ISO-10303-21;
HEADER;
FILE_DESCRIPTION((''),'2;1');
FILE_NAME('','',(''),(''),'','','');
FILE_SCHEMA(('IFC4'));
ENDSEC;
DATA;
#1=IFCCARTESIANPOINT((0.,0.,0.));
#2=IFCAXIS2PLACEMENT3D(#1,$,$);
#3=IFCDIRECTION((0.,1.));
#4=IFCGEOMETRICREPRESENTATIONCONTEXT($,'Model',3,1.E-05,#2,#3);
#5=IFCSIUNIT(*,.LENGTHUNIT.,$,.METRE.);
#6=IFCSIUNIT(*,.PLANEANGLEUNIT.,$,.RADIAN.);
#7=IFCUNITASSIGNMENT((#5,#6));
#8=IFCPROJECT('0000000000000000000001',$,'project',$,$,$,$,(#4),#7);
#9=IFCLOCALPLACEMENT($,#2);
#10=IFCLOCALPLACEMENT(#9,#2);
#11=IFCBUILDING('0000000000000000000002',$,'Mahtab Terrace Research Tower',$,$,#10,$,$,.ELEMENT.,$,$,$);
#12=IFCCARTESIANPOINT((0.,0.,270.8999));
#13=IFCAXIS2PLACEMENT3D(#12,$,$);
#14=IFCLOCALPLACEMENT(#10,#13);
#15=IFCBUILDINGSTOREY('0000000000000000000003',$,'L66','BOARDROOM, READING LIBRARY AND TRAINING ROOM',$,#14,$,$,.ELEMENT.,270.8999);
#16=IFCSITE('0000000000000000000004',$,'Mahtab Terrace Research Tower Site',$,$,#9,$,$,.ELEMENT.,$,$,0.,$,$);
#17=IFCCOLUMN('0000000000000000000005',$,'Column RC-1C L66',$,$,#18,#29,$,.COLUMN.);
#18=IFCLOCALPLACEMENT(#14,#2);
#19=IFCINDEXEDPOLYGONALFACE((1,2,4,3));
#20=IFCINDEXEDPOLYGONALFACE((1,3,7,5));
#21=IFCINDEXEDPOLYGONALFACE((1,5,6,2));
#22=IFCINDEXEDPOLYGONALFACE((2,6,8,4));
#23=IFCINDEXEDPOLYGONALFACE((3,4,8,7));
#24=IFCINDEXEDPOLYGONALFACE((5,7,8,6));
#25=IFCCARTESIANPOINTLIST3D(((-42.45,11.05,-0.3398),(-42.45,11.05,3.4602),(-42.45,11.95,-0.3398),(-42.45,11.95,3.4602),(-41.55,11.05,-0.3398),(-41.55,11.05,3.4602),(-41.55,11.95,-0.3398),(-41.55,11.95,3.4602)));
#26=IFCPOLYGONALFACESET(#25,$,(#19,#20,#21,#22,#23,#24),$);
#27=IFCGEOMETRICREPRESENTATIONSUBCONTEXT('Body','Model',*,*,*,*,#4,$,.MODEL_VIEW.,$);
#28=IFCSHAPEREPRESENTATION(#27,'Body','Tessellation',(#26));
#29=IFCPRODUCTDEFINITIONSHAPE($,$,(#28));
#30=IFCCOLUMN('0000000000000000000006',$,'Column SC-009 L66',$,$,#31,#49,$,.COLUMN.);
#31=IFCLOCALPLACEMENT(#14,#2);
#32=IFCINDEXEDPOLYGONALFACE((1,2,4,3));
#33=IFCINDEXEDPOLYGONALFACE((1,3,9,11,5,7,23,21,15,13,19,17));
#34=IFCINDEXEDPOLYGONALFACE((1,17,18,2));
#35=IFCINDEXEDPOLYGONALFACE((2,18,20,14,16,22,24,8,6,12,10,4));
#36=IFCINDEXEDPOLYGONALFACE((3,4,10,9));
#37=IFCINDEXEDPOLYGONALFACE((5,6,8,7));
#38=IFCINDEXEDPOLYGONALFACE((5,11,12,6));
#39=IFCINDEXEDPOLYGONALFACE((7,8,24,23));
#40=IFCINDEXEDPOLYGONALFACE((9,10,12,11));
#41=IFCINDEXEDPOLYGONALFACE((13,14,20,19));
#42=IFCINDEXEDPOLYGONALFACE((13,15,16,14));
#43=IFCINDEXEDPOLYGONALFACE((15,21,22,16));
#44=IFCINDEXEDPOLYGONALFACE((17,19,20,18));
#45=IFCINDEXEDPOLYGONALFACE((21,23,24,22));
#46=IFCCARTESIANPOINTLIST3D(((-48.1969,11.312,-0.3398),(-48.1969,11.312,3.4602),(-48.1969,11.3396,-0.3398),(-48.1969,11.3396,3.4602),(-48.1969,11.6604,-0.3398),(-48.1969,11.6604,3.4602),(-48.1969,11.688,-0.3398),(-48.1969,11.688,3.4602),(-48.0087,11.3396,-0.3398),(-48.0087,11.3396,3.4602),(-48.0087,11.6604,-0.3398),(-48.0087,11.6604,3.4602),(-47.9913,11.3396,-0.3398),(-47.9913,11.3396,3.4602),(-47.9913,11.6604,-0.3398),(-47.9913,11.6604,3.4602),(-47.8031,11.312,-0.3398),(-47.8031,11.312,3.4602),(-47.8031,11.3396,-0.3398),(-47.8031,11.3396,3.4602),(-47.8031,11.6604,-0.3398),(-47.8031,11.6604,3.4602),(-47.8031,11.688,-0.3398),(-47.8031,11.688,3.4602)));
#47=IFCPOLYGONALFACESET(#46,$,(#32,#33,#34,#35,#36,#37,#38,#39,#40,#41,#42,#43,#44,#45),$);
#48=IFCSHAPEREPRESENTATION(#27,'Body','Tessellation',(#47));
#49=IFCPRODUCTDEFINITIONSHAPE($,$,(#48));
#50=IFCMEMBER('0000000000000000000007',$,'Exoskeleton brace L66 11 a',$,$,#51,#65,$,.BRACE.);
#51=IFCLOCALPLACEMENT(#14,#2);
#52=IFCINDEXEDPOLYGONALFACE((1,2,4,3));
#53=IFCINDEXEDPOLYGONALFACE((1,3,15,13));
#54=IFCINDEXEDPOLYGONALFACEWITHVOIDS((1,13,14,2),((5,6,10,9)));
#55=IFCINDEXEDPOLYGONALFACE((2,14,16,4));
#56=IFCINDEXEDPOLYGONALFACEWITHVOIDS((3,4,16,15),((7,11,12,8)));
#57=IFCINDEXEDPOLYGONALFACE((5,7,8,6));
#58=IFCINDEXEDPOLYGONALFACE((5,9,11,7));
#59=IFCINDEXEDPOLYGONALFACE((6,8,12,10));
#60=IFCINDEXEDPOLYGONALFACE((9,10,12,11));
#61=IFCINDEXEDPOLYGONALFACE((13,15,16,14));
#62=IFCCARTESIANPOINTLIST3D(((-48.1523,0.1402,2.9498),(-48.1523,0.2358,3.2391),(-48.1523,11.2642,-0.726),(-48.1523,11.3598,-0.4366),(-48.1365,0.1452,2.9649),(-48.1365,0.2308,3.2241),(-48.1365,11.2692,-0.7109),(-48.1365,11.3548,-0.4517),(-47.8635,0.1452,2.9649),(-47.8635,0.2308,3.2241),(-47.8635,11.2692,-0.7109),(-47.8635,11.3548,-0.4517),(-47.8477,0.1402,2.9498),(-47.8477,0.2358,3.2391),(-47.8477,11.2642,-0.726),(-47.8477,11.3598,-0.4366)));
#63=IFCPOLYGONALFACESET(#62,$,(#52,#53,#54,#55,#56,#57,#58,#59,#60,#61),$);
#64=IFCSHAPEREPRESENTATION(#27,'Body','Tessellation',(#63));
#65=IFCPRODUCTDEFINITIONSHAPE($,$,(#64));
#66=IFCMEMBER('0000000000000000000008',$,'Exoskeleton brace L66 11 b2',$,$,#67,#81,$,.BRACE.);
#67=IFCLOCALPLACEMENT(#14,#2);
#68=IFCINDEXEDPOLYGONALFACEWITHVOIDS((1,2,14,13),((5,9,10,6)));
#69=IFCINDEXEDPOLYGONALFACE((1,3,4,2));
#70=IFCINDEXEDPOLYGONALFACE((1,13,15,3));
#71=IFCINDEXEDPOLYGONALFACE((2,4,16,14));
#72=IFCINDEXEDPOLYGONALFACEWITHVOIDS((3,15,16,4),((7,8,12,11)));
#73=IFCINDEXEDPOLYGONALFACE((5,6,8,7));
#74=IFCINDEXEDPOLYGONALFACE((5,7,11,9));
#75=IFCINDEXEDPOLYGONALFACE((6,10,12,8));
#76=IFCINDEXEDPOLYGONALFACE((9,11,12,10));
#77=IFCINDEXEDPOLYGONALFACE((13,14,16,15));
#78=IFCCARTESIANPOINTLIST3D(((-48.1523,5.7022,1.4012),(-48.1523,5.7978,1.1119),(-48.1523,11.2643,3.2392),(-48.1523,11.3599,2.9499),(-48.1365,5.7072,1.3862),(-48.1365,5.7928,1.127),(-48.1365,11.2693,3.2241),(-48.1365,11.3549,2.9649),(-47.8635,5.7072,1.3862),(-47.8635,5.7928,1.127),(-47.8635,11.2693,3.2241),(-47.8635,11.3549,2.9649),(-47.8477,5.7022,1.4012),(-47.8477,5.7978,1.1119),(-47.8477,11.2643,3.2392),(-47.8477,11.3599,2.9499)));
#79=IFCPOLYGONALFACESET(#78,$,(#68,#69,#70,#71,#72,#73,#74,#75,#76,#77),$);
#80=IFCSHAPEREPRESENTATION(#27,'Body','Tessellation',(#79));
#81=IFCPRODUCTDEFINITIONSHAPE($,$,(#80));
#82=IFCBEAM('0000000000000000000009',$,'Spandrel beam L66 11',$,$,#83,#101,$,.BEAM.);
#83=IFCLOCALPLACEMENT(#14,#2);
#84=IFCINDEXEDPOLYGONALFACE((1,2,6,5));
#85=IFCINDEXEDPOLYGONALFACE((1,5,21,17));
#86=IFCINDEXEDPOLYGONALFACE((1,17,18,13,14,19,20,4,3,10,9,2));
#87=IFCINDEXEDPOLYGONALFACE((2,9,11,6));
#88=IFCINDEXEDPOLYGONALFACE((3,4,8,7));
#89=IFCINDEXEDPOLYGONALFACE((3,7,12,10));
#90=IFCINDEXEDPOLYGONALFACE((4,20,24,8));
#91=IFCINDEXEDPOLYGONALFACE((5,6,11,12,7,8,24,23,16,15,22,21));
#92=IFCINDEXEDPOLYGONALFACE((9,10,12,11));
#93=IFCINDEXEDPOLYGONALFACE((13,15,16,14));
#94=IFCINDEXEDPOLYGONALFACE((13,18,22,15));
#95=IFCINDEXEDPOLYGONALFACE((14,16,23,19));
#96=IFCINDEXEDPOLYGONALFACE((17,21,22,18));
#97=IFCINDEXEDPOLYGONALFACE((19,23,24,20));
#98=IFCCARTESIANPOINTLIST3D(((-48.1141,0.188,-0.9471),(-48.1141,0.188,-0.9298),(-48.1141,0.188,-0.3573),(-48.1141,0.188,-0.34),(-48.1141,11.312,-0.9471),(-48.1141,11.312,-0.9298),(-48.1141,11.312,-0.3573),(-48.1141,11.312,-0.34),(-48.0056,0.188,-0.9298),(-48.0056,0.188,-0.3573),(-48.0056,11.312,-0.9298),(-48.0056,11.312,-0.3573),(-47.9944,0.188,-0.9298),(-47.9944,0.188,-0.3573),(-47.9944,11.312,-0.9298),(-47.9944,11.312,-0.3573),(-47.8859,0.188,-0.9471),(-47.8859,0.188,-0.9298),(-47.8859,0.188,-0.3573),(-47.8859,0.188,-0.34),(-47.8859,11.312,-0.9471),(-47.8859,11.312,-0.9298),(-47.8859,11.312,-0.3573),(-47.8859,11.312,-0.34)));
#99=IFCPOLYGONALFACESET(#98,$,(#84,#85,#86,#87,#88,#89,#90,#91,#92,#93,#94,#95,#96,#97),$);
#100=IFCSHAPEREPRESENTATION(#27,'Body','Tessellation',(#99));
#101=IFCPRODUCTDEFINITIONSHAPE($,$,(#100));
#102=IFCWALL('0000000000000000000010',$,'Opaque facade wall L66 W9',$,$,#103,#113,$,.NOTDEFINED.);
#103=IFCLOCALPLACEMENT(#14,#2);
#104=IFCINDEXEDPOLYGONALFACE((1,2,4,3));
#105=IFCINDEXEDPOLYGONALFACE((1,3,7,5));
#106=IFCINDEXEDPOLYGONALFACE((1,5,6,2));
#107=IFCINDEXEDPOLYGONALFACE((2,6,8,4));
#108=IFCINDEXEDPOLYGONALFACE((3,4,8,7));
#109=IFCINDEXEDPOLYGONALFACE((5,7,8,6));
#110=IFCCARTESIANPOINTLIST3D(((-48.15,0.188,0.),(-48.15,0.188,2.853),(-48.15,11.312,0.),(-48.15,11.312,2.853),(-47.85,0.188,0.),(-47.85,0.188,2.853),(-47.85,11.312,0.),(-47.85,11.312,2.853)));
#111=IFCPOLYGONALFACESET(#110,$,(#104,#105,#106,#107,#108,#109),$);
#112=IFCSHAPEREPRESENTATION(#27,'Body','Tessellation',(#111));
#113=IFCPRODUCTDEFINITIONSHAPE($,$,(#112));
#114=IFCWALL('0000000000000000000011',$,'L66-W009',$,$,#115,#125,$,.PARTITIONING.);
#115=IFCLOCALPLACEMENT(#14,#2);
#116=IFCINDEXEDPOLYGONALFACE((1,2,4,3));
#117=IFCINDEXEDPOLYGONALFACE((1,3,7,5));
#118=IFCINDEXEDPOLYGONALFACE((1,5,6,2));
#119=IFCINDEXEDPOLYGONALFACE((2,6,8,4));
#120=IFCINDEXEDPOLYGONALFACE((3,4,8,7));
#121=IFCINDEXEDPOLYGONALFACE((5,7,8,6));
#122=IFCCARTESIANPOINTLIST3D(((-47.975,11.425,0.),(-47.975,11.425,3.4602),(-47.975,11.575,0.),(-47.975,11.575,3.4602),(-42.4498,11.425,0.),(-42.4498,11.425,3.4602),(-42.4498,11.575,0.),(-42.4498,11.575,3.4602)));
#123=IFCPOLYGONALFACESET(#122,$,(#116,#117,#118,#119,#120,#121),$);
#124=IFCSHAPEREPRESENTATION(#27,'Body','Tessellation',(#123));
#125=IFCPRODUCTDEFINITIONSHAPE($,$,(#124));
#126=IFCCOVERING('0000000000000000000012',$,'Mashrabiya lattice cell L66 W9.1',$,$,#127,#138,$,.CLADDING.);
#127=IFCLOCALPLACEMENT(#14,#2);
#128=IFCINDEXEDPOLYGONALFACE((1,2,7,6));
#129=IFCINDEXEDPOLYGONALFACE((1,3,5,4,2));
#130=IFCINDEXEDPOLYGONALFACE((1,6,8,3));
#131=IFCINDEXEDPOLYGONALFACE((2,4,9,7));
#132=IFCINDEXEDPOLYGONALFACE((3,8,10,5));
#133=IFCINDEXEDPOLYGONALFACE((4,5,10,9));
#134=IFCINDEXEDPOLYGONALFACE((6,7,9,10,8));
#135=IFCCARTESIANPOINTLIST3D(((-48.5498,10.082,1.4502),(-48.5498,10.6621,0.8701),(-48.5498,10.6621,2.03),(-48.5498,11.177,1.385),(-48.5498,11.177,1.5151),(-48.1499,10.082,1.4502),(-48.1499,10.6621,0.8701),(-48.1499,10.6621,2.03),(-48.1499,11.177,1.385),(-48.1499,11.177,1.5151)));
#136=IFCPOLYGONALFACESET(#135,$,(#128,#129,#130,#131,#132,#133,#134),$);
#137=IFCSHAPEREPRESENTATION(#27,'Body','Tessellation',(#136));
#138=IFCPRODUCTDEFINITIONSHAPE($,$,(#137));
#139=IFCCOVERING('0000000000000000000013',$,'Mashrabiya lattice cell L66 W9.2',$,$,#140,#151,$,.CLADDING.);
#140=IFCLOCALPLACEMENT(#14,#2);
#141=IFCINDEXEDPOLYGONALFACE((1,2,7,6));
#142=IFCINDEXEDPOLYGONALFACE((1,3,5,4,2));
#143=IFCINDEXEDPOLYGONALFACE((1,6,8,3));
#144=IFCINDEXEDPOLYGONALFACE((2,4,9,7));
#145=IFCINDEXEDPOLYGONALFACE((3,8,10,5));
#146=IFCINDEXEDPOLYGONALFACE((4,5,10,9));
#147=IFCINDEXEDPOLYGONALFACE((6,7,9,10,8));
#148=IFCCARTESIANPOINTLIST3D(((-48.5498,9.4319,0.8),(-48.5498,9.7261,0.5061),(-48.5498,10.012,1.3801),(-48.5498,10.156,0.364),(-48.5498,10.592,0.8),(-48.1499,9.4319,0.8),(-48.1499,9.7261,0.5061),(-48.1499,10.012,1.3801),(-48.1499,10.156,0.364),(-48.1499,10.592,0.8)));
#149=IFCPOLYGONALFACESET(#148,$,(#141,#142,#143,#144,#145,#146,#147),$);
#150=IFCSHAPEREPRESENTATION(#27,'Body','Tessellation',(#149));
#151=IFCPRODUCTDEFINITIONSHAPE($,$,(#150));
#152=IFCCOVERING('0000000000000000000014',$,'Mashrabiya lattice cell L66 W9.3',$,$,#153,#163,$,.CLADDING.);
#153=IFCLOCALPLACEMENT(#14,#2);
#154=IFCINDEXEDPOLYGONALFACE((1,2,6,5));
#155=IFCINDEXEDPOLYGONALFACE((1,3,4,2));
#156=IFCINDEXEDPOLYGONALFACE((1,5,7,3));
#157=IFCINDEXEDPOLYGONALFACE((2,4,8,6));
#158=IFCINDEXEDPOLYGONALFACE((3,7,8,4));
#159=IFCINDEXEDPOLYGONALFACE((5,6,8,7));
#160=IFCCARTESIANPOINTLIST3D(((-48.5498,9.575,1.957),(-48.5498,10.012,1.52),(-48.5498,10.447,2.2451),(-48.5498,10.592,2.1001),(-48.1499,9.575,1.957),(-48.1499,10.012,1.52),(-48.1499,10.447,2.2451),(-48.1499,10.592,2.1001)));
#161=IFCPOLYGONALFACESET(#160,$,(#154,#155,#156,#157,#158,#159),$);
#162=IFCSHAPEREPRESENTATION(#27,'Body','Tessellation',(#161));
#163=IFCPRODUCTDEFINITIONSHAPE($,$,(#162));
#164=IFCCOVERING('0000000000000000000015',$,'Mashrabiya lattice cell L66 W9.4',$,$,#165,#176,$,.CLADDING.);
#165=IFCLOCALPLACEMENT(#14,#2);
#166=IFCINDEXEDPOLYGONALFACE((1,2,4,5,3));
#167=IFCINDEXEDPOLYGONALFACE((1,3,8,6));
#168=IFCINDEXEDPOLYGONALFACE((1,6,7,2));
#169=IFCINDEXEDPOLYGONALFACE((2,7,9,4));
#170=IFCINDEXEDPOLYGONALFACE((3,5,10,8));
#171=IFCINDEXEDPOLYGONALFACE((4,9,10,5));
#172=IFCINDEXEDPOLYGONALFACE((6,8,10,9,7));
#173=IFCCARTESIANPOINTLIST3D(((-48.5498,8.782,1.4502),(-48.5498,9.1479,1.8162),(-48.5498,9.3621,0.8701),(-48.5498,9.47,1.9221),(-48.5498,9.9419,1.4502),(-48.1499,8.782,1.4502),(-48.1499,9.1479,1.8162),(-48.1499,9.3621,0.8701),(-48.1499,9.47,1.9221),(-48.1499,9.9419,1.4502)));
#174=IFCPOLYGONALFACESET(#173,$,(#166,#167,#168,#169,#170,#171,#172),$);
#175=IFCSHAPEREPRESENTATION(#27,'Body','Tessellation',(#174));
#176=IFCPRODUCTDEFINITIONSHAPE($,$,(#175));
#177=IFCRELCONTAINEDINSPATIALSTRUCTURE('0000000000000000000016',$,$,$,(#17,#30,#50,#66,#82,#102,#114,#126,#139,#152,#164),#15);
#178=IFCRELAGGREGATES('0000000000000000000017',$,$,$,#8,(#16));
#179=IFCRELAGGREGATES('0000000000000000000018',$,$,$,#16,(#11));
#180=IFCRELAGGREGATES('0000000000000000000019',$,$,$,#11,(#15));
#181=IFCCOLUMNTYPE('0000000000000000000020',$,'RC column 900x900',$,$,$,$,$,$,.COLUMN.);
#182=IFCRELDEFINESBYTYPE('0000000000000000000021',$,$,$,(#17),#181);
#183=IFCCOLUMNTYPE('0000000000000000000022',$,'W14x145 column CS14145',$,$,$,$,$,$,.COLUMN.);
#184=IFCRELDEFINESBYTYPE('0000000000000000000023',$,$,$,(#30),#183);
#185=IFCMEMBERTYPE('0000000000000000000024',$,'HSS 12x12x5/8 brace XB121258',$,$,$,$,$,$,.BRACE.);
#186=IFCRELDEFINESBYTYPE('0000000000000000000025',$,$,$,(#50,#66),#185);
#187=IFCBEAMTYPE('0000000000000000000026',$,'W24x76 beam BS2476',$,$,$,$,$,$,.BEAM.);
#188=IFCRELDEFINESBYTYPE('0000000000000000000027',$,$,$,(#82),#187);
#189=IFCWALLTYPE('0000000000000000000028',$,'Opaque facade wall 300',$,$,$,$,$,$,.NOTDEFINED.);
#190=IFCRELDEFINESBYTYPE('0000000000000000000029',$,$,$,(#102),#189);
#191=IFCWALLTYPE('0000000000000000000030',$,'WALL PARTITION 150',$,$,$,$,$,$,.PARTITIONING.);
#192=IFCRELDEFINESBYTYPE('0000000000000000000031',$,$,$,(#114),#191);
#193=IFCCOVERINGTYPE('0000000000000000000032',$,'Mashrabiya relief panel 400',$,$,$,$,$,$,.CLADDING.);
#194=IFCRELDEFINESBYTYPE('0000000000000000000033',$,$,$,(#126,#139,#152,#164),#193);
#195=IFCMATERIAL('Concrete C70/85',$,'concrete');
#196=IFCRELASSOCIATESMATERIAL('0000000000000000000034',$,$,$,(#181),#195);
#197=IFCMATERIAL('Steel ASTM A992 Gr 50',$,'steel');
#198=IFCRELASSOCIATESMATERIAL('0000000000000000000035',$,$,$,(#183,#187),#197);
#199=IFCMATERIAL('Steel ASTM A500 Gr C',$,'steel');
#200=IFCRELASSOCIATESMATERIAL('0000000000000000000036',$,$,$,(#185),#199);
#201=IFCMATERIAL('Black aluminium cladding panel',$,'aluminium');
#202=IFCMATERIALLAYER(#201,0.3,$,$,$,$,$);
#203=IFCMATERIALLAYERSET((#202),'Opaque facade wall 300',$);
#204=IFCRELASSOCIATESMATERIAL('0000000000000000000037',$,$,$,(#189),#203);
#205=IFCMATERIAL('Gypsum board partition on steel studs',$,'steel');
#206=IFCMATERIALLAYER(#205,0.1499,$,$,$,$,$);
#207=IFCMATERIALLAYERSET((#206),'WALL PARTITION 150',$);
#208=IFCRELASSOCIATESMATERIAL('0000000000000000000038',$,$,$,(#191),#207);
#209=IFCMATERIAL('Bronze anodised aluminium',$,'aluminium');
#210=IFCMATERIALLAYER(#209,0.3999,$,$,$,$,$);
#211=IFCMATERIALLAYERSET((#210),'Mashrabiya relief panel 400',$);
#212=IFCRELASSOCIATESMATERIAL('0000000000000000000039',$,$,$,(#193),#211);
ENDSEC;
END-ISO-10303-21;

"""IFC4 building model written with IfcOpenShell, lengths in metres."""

from ifc_helpers import new_model, si_unit, direction, frame, frame_2d, origin, origin_2d, place, context, subcontext, project, spatial, polyline, rectangle, hollow_rectangle, i_section, outline, extrude, material, layer, layer_set, material_profile, profile_set, type_object, element, save


model = new_model("IFC4")

# Units and contexts
model_context = context("Model", 3, precision=1e-05, world=origin(), true_north=direction((0.0, 1.0)))
body_context = subcontext(model_context, "Body", "Model", "MODEL_VIEW")
ifc_project = project(units=[si_unit("LENGTHUNIT", "METRE"), si_unit("PLANEANGLEUNIT", "RADIAN")], contexts=[model_context])

# Site, building, storey
site_placement = place(None, origin())
site = spatial("IfcSite", under=ifc_project, at=site_placement, Name="Mahtab Terrace Research Tower Site", CompositionType="ELEMENT", RefElevation=0.0)
building_placement = place(site_placement, origin())
building = spatial("IfcBuilding", under=site, at=building_placement, Name="Mahtab Terrace Research Tower", CompositionType="ELEMENT")
storey_placement = place(building_placement, frame((0.0, 0.0, 270.8999)))
storey = spatial("IfcBuildingStorey", under=building, at=storey_placement, Name="L66", Description="BOARDROOM, READING LIBRARY AND TRAINING ROOM", CompositionType="ELEMENT", Elevation=270.8999)

# Columns
ifc_material_1 = material(Name="Concrete C70/85", Category="concrete")
ifc_material_profile_1 = material_profile(ifc_material_1, rectangle(XDim=0.8999, YDim=0.8999, at=origin_2d()), Name="RC column 900x900")
ifc_profile_set_1 = profile_set([ifc_material_profile_1], Name="Concrete C70/85")
column_type_1 = type_object("IfcColumnType", Name="RC column 900x900", PredefinedType="COLUMN", material=ifc_profile_set_1)
column_1_placement = place(storey_placement, frame((-42.0, 11.5, -0.3398), z_axis=(0.0, 0.0, 1.0), x_axis=(1.0, 0.0, 0.0)))
element("IfcColumn", 1, at=column_1_placement, inside=storey, type_object=column_type_1, Name="Column RC-1C L66", PredefinedType="COLUMN", context=body_context, shape_type="SweptSolid", body=[
    extrude(rectangle(XDim=0.8999, YDim=0.8999, at=origin_2d()), origin(), (0.0, 0.0, 1.0), 3.8),
])
ifc_material_2 = material(Name="Steel ASTM A992 Gr 50", Category="steel")
ifc_material_profile_2 = material_profile(ifc_material_2, i_section(OverallWidth=0.3938, OverallDepth=0.376, WebThickness=0.0173, FlangeThickness=0.0276, at=origin_2d()), Name="W14X145")
ifc_profile_set_2 = profile_set([ifc_material_profile_2], Name="Steel ASTM A992 Gr 50")
column_type_2 = type_object("IfcColumnType", Name="W14x145 column CS14145", PredefinedType="COLUMN", material=ifc_profile_set_2)
column_2_placement = place(storey_placement, frame((-48.0, 11.5, -0.3398), z_axis=(0.0, 0.0, 1.0), x_axis=(1.0, 0.0, 0.0)))
element("IfcColumn", 2, at=column_2_placement, inside=storey, type_object=column_type_2, Name="Column SC-009 L66", PredefinedType="COLUMN", context=body_context, shape_type="SweptSolid", body=[
    extrude(i_section(OverallWidth=0.3938, OverallDepth=0.376, WebThickness=0.0173, FlangeThickness=0.0276, at=origin_2d()), origin(), (0.0, 0.0, 1.0), 3.8),
])

# Members
ifc_material_3 = material(Name="Steel ASTM A500 Gr C", Category="steel")
ifc_material_profile_3 = material_profile(ifc_material_3, hollow_rectangle(XDim=0.3047, YDim=0.3047, WallThickness=0.0159, at=origin_2d()), Name="HSS12X12X5/8")
ifc_profile_set_3 = profile_set([ifc_material_profile_3], Name="Steel ASTM A500 Gr C")
member_type = type_object("IfcMemberType", Name="HSS 12x12x5/8 brace XB121258", PredefinedType="BRACE", material=ifc_profile_set_3)
member_1_placement = place(storey_placement, frame((-48.0, 11.312, -0.5813), z_axis=(0.0, -0.949505, 0.313751), x_axis=(1.0, 0.0, 0.0)))
element("IfcMember", 3, at=member_1_placement, inside=storey, type_object=member_type, Name="Exoskeleton brace L66 11 a", PredefinedType="BRACE", context=body_context, shape_type="SweptSolid", body=[
    extrude(hollow_rectangle(XDim=0.3047, YDim=0.3047, WallThickness=0.0159, at=origin_2d()), origin(), (0.0, 0.0, 1.0), 11.7156),
])
member_2_placement = place(storey_placement, frame((-48.0, 5.75, 1.2566), z_axis=(0.0, 0.949505, 0.313751), x_axis=(-1.0, 0.0, 0.0)))
element("IfcMember", 4, at=member_2_placement, inside=storey, type_object=member_type, Name="Exoskeleton brace L66 11 b2", PredefinedType="BRACE", context=body_context, shape_type="SweptSolid", body=[
    extrude(hollow_rectangle(XDim=0.3047, YDim=0.3047, WallThickness=0.0159, at=origin_2d()), origin(), (0.0, 0.0, 1.0), 5.8579),
])

# Beam
ifc_material_profile_4 = material_profile(ifc_material_2, i_section(OverallWidth=0.2283, OverallDepth=0.6072, WebThickness=0.0112, FlangeThickness=0.0173, at=origin_2d()), Name="W24X76")
ifc_profile_set_4 = profile_set([ifc_material_profile_4], Name="Steel ASTM A992 Gr 50")
beam_type = type_object("IfcBeamType", Name="W24x76 beam BS2476", PredefinedType="BEAM", material=ifc_profile_set_4)
beam_placement = place(storey_placement, frame((-48.0, 11.312, -0.6436), z_axis=(0.0, -1.0, 0.0), x_axis=(1.0, 0.0, 0.0)))
element("IfcBeam", 5, at=beam_placement, inside=storey, type_object=beam_type, Name="Spandrel beam L66 11", PredefinedType="BEAM", context=body_context, shape_type="SweptSolid", body=[
    extrude(i_section(OverallWidth=0.2283, OverallDepth=0.6072, WebThickness=0.0112, FlangeThickness=0.0173, at=origin_2d()), origin(), (0.0, 0.0, 1.0), 11.124),
])

# Walls
ifc_material_4 = material(Name="Black aluminium cladding panel", Category="aluminium")
ifc_layer_1 = layer(ifc_material_4, 0.3)
ifc_layer_set_1 = layer_set([ifc_layer_1], Name="Opaque facade wall 300")
wall_type_1 = type_object("IfcWallType", Name="Opaque facade wall 300", PredefinedType="NOTDEFINED", material=ifc_layer_set_1)
wall_1_placement = place(storey_placement, frame((-48.0, 11.312, 0.0), z_axis=(0.0, 0.0, 1.0), x_axis=(0.0, -1.0, 0.0)))
element("IfcWall", 6, at=wall_1_placement, inside=storey, type_object=wall_type_1, Name="Opaque facade wall L66 W9", PredefinedType="NOTDEFINED", context=body_context, shape_type="SweptSolid", body=[
    extrude(rectangle(XDim=11.124, YDim=0.3, at=frame_2d((5.562, 0.0))), origin(), (0.0, 0.0, 1.0), 2.853),
])
ifc_material_5 = material(Name="Gypsum board partition on steel studs", Category="steel")
ifc_layer_2 = layer(ifc_material_5, 0.1499)
ifc_layer_set_2 = layer_set([ifc_layer_2], Name="WALL PARTITION 150")
wall_type_2 = type_object("IfcWallType", Name="WALL PARTITION 150", PredefinedType="PARTITIONING", material=ifc_layer_set_2)
wall_2_placement = place(storey_placement, frame((-47.9751, 11.5, 0.0), z_axis=(0.0, 0.0, 1.0), x_axis=(1.0, 0.0, 0.0)))
element("IfcWall", 7, at=wall_2_placement, inside=storey, type_object=wall_type_2, Name="L66-W009", PredefinedType="PARTITIONING", context=body_context, shape_type="SweptSolid", body=[
    extrude(rectangle(XDim=5.5251, YDim=0.1499, at=frame_2d((2.7627, 0.0))), origin(), (0.0, 0.0, 1.0), 3.4602),
])

# Coverings
ifc_material_6 = material(Name="Bronze anodised aluminium", Category="aluminium")
ifc_layer_3 = layer(ifc_material_6, 0.3999)
ifc_layer_set_3 = layer_set([ifc_layer_3], Name="Mashrabiya relief panel 400")
covering_type = type_object("IfcCoveringType", Name="Mashrabiya relief panel 400", PredefinedType="CLADDING", material=ifc_layer_set_3)
covering_1_placement = place(storey_placement, frame((-48.1499, 10.6621, 2.03), z_axis=(1.0, 0.0, 0.0), x_axis=(0.0, -0.707256, -0.706958)))
element("IfcCovering", 8, at=covering_1_placement, inside=storey, type_object=covering_type, Name="Mashrabiya lattice cell L66 W9.1", PredefinedType="CLADDING", context=body_context, shape_type="SweptSolid", body=[
    extrude(outline(polyline([(0.0, 0.0), (0.8202, 0.0), (0.82, 0.8204), (0.0918, 0.8202), (-0.0002, 0.7282), (0.0, 0.0)])), origin(), (0.0, 0.0, -1.0), 0.3999),
])
covering_2_placement = place(storey_placement, frame((-48.1499, 10.592, 0.8), z_axis=(1.0, 0.0, 0.0), x_axis=(0.0, -0.707107, 0.707107)))
element("IfcCovering", 9, at=covering_2_placement, inside=storey, type_object=covering_type, Name="Mashrabiya lattice cell L66 W9.2", PredefinedType="CLADDING", context=body_context, shape_type="SweptSolid", body=[
    extrude(outline(polyline([(0.0, 0.0), (0.8204, 0.0), (0.8204, 0.8204), (0.4045, 0.8202), (0.0, 0.6166), (0.0, 0.0)])), origin(), (0.0, 0.0, -1.0), 0.3999),
])
covering_3_placement = place(storey_placement, frame((-48.1499, 10.012, 1.52), z_axis=(1.0, 0.0, 0.0), x_axis=(0.0, 0.707107, 0.707107)))
element("IfcCovering", 10, at=covering_3_placement, inside=storey, type_object=covering_type, Name="Mashrabiya lattice cell L66 W9.3", PredefinedType="CLADDING", context=body_context, shape_type="SweptSolid", body=[
    extrude(outline(polyline([(0.0, 0.0), (0.8204, 0.0), (0.8204, 0.2051), (0.0, 0.618), (0.0, 0.0)])), origin(), (0.0, 0.0, -1.0), 0.3999),
])
covering_4_placement = place(storey_placement, frame((-48.1499, 8.782, 1.4502), z_axis=(1.0, 0.0, 0.0), x_axis=(0.0, 0.707107, -0.707107)))
element("IfcCovering", 11, at=covering_4_placement, inside=storey, type_object=covering_type, Name="Mashrabiya lattice cell L66 W9.4", PredefinedType="CLADDING", context=body_context, shape_type="SweptSolid", body=[
    extrude(outline(polyline([(0.0, 0.0), (0.8204, 0.0), (0.8202, 0.8202), (0.1528, 0.8202), (0.0, 0.5176), (0.0, 0.0)])), origin(), (0.0, 0.0, -1.0), 0.3999),
])

save(model, "model.ifc")
